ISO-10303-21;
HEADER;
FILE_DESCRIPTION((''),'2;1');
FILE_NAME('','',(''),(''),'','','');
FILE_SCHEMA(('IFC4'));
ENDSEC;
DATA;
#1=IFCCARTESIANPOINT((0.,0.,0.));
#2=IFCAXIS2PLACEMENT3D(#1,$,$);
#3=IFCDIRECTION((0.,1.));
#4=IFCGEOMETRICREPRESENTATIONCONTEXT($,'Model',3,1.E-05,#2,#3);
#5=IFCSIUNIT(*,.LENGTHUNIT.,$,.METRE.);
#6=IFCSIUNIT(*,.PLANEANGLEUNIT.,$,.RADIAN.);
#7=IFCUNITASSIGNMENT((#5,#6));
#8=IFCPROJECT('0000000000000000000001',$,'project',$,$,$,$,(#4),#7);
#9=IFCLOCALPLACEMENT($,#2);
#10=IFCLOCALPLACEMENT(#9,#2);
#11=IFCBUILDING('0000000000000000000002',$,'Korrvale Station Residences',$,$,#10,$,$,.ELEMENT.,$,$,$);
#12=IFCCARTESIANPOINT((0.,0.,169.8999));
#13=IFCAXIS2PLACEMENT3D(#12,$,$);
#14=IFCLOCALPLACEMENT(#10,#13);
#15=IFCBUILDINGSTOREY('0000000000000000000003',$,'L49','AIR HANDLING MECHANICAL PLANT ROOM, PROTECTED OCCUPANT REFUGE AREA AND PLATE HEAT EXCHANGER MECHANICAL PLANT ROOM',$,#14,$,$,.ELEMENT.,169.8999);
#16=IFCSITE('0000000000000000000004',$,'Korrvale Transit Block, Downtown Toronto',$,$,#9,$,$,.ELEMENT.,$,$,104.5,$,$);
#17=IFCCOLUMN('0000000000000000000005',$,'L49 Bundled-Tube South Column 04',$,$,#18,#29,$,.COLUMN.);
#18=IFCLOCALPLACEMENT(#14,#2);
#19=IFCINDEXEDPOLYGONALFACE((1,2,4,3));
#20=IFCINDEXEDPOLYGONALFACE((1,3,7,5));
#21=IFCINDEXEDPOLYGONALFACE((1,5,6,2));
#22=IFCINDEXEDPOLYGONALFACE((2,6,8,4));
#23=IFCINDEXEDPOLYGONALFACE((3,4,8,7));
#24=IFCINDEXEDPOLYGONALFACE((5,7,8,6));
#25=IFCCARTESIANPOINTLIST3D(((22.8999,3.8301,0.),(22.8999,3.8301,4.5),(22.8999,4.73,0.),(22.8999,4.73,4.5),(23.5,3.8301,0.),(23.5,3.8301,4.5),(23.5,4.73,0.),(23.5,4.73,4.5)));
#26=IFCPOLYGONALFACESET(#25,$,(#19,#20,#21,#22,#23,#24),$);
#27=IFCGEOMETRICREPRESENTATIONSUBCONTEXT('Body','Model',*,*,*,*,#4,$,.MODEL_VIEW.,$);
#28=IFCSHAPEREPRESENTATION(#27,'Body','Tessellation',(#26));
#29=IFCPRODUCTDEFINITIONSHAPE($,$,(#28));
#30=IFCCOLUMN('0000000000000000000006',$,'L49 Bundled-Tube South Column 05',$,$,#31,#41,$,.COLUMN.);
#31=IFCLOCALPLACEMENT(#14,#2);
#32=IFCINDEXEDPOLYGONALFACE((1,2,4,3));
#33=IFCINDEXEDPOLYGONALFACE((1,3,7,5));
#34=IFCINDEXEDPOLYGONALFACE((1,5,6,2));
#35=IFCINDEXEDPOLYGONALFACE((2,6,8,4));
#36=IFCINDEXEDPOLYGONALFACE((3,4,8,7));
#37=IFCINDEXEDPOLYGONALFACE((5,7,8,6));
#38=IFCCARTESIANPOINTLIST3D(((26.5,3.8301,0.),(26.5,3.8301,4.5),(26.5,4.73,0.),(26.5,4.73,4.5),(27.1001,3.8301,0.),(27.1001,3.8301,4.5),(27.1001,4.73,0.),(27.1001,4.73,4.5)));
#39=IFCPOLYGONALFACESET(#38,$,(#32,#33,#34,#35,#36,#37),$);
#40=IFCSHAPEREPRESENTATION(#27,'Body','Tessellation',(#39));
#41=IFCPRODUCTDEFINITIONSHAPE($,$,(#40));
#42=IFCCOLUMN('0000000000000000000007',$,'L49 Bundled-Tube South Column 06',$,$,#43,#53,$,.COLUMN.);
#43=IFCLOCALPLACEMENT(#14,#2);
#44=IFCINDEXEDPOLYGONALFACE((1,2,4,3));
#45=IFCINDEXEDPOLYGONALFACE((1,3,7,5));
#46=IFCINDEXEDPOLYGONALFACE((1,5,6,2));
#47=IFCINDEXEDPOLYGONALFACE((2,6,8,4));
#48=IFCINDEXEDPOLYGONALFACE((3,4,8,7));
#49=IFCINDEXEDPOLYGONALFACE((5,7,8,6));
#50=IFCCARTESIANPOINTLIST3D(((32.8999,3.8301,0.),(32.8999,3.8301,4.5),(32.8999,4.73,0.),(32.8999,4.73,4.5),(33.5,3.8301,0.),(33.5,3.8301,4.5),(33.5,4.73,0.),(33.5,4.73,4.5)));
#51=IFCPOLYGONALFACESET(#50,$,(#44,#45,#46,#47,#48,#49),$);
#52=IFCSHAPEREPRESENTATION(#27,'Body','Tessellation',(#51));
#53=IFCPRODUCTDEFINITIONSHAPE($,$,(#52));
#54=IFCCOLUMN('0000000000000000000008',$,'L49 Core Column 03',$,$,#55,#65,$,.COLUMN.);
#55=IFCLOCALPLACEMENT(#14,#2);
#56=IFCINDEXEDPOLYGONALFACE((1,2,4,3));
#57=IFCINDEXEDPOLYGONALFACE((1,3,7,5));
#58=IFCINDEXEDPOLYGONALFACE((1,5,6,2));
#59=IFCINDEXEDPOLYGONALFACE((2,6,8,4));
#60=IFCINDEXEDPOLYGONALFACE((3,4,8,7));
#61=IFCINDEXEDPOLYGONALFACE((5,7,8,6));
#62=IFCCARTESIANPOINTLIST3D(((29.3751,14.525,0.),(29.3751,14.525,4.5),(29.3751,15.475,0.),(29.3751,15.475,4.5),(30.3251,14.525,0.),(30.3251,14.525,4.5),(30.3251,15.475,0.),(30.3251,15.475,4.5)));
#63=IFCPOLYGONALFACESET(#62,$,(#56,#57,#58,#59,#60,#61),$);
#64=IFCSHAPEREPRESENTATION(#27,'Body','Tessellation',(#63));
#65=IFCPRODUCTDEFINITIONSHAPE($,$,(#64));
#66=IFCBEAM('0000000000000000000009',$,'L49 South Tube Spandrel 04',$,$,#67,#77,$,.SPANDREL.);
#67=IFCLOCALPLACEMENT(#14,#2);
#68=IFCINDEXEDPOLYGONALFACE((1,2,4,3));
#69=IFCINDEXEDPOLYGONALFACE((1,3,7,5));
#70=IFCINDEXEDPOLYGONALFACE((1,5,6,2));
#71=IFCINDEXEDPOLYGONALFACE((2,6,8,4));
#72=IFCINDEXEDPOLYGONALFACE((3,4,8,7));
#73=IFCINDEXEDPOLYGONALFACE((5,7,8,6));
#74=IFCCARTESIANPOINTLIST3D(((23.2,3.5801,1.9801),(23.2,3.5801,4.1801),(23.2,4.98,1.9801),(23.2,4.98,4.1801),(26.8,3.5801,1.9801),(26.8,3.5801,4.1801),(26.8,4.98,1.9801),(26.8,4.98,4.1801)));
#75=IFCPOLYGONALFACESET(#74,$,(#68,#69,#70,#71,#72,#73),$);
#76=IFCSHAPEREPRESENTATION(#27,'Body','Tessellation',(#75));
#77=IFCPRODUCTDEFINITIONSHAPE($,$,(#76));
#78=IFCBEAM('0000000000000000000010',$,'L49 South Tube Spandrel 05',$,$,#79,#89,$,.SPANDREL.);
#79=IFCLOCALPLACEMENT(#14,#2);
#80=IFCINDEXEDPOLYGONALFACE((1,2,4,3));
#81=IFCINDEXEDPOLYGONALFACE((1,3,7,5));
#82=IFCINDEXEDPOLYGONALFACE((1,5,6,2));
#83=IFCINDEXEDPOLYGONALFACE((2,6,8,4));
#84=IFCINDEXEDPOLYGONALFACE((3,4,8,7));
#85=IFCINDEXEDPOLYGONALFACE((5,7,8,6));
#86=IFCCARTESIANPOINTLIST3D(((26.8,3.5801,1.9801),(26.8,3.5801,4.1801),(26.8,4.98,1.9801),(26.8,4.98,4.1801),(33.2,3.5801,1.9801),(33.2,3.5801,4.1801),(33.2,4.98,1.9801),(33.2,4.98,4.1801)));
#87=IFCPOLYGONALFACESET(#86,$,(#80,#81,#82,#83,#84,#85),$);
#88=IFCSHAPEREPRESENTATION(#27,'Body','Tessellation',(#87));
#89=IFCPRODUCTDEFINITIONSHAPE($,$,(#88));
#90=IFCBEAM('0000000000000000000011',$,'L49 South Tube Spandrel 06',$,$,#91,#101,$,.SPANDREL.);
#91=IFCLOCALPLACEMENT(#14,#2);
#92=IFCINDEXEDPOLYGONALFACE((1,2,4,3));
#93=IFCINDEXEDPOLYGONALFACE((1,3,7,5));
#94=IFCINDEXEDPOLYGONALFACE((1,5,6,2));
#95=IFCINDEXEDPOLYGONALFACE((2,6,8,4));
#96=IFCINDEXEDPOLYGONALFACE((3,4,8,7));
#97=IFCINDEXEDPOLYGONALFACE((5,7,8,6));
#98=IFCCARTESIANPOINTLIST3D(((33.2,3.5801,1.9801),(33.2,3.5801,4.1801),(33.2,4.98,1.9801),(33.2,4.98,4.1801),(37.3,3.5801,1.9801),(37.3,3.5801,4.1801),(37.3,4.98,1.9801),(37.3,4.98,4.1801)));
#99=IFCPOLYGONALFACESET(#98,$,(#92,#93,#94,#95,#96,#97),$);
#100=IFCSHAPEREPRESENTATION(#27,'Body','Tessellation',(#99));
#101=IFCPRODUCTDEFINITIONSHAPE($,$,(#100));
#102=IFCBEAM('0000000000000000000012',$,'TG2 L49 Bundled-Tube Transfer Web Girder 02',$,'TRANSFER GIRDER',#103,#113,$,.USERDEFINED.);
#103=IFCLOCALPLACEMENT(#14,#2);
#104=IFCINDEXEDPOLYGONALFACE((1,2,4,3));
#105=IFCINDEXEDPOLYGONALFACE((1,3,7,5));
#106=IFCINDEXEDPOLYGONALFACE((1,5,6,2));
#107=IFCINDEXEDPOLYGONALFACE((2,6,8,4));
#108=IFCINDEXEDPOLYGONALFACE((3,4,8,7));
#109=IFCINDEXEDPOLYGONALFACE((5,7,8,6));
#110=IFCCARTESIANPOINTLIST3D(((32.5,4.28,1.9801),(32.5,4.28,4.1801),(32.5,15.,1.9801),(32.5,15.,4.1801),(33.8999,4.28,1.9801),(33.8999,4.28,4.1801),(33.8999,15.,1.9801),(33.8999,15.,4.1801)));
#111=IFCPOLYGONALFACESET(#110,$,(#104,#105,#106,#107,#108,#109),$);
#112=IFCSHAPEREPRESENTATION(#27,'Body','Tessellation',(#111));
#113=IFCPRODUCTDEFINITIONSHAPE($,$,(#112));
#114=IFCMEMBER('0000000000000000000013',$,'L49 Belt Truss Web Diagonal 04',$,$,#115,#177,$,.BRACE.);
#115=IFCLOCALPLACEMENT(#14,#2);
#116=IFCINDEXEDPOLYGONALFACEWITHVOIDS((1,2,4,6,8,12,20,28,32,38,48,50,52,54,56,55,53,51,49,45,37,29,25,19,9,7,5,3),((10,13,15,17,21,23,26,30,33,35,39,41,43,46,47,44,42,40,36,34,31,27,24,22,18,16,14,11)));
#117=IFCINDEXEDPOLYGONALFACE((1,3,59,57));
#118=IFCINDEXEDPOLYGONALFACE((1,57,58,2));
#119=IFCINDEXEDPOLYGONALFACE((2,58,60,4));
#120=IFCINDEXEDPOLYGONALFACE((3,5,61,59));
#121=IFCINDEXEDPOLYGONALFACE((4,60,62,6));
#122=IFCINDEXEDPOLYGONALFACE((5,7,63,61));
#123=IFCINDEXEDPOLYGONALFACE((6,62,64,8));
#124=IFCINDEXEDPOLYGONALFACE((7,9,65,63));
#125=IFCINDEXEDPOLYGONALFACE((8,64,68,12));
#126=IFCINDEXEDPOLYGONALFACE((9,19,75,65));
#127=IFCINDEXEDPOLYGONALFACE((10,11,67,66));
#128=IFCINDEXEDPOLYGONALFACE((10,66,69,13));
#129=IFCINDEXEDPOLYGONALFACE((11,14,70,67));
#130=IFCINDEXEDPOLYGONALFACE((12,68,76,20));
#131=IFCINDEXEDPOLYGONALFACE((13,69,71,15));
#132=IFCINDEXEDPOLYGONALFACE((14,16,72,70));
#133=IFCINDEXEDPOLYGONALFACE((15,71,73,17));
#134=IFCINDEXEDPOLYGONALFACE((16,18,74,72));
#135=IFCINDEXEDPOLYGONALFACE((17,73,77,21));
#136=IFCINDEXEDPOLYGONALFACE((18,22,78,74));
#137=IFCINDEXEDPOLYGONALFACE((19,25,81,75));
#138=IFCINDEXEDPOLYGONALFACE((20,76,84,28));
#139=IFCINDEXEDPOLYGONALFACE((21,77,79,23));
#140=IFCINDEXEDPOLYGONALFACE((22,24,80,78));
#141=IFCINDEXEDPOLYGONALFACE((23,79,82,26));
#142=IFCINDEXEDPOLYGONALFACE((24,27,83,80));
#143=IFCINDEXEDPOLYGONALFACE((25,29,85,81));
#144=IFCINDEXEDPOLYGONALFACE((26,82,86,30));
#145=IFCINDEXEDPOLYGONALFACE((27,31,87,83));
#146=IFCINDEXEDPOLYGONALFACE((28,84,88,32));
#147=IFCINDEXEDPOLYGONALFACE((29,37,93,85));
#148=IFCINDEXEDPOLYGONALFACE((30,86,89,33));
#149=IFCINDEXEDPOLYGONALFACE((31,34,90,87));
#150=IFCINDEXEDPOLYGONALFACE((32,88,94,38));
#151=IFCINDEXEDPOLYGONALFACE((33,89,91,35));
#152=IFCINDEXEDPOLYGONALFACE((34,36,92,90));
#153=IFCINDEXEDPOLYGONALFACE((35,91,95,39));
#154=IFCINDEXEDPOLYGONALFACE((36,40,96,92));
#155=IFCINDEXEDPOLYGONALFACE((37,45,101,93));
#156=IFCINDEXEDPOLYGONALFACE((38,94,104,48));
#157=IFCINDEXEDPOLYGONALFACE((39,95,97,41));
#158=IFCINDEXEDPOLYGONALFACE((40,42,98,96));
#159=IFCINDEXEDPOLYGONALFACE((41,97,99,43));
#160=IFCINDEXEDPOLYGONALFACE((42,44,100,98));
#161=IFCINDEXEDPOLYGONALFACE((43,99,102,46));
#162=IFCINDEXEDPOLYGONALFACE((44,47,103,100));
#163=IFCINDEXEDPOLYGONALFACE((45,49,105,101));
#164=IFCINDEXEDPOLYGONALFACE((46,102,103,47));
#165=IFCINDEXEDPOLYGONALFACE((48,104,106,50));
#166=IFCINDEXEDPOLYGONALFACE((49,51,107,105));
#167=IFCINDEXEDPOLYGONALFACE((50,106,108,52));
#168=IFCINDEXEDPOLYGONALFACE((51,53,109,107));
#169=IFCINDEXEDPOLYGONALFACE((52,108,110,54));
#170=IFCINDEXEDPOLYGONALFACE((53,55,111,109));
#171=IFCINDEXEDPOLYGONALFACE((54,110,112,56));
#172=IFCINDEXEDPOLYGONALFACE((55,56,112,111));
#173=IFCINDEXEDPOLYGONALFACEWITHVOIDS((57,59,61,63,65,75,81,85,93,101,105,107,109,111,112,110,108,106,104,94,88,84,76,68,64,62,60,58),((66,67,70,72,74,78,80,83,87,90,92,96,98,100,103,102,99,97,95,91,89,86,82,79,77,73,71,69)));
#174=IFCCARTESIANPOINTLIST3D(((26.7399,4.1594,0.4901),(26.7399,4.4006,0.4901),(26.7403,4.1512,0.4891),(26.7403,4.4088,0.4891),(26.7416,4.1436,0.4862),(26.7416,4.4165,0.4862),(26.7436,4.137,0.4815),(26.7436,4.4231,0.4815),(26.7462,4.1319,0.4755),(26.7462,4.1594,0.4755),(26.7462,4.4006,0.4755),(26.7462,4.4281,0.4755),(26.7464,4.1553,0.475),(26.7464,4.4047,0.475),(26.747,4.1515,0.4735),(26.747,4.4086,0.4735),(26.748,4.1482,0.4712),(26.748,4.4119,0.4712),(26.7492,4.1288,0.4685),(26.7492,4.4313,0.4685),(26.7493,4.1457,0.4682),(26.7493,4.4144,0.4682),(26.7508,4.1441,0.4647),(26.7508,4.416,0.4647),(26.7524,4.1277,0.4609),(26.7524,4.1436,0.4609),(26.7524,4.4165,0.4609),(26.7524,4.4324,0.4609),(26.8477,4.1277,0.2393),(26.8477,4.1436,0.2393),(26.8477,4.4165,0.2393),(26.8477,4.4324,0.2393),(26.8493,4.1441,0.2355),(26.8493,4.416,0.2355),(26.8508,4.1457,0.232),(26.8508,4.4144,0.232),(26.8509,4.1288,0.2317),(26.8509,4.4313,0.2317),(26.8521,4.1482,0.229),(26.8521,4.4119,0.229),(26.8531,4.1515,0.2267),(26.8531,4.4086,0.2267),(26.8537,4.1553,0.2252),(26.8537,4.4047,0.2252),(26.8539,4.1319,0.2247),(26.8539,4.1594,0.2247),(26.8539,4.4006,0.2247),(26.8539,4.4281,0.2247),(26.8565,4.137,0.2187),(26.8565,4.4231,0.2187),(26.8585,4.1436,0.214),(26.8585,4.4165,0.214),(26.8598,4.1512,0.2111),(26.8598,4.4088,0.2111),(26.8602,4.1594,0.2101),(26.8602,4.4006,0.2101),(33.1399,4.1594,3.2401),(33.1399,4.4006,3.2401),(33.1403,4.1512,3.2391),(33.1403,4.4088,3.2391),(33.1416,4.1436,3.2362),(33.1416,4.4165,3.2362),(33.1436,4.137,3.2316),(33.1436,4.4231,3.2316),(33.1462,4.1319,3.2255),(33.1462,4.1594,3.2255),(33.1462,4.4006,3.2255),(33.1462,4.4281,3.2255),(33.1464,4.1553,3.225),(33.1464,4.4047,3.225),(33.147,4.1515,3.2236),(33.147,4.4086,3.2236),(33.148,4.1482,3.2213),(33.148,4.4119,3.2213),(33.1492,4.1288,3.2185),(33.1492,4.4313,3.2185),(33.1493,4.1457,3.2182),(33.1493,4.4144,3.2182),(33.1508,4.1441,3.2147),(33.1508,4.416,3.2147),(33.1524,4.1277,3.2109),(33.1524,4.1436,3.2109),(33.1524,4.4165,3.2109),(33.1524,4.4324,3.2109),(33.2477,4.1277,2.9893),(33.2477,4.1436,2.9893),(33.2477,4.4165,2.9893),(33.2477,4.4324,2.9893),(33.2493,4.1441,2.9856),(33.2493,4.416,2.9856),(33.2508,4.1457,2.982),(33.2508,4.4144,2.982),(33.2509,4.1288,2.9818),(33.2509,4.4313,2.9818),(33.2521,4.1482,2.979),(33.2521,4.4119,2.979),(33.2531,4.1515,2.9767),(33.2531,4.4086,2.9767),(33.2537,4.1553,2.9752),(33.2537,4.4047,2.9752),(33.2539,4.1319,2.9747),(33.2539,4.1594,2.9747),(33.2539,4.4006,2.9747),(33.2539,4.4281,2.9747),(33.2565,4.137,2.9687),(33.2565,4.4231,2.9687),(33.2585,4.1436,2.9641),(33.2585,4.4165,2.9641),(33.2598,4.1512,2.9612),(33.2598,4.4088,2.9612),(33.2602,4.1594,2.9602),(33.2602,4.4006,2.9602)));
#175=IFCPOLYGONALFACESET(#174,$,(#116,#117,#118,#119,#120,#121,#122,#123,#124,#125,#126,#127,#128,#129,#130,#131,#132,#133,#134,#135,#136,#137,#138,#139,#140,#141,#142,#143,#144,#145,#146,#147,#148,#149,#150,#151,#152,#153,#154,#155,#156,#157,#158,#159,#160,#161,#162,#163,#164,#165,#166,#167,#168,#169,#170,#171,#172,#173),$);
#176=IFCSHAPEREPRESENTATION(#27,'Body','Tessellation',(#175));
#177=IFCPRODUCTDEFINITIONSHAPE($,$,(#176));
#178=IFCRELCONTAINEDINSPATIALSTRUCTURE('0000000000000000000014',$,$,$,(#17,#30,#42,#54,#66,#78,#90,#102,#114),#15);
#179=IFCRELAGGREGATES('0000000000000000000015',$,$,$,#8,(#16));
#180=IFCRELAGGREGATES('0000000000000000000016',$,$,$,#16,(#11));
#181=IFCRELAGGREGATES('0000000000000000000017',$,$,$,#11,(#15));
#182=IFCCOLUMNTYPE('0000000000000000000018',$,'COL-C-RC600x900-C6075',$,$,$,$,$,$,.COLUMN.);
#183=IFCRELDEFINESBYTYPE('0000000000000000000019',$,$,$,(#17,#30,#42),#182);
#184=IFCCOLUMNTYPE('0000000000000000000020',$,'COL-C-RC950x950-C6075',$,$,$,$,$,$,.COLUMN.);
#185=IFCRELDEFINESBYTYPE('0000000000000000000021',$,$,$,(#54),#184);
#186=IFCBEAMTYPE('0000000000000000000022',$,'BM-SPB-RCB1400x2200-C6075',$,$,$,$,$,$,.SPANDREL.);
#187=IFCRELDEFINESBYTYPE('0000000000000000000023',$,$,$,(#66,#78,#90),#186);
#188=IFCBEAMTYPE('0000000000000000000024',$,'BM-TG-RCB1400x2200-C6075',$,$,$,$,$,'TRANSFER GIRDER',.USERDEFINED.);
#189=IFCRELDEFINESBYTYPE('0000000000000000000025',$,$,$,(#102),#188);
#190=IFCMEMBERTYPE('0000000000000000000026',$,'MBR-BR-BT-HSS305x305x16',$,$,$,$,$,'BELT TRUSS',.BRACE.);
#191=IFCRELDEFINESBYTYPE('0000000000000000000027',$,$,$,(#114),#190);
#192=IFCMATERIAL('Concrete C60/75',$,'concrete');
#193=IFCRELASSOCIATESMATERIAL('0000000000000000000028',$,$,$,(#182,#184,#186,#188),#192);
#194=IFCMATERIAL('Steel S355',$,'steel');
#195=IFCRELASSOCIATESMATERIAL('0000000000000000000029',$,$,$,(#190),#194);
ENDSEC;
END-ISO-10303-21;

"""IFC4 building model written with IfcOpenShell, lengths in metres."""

from ifc_helpers import new_model, si_unit, direction, frame, origin, origin_2d, place, context, subcontext, project, spatial, rectangle, hollow_rectangle, extrude, material, material_profile, profile_set, type_object, element, save


model = new_model("IFC4")

# Units and contexts
model_context = context("Model", 3, precision=1e-05, world=origin(), true_north=direction((0.0, 1.0)))
body_context = subcontext(model_context, "Body", "Model", "MODEL_VIEW")
ifc_project = project(units=[si_unit("LENGTHUNIT", "METRE"), si_unit("PLANEANGLEUNIT", "RADIAN")], contexts=[model_context])

# Site, building, storey
site_placement = place(None, origin())
site = spatial("IfcSite", under=ifc_project, at=site_placement, Name="Korrvale Transit Block, Downtown Toronto", CompositionType="ELEMENT", RefElevation=104.5)
building_placement = place(site_placement, origin())
building = spatial("IfcBuilding", under=site, at=building_placement, Name="Korrvale Station Residences", CompositionType="ELEMENT")
storey_placement = place(building_placement, frame((0.0, 0.0, 169.8999)))
storey = spatial("IfcBuildingStorey", under=building, at=storey_placement, Name="L49", Description="AIR HANDLING MECHANICAL PLANT ROOM, PROTECTED OCCUPANT REFUGE AREA AND PLATE HEAT EXCHANGER MECHANICAL PLANT ROOM", CompositionType="ELEMENT", Elevation=169.8999)

# Columns
ifc_material_1 = material(Name="Concrete C60/75", Category="concrete")
ifc_material_profile_1 = material_profile(ifc_material_1, rectangle(XDim=0.6001, YDim=0.8999, at=origin_2d()), Name="RC600x900")
ifc_profile_set_1 = profile_set([ifc_material_profile_1], Name="Concrete C60/75")
column_type_1 = type_object("IfcColumnType", Name="COL-C-RC600x900-C6075", PredefinedType="COLUMN", material=ifc_profile_set_1)
for number, where, z_axis, x_axis, name in (
    (1, (23.2, 4.28, 0.0), (0.0, 0.0, 1.0), (1.0, 0.0, 0.0), "L49 Bundled-Tube South Column 04"),
    (2, (26.8, 4.28, 0.0), (0.0, 0.0, 1.0), (1.0, 0.0, 0.0), "L49 Bundled-Tube South Column 05"),
    (3, (33.2, 4.28, 0.0), (0.0, 0.0, 1.0), (1.0, 0.0, 0.0), "L49 Bundled-Tube South Column 06"),
):
    element("IfcColumn", number, at=place(storey_placement, frame(where, z_axis=z_axis, x_axis=x_axis)), inside=storey, type_object=column_type_1, Name=name, PredefinedType="COLUMN", context=body_context, shape_type="SweptSolid", body=[
        extrude(rectangle(XDim=0.6001, YDim=0.8999, at=origin_2d()), origin(), (0.0, 0.0, 1.0), 4.5),
    ])
ifc_material_profile_2 = material_profile(ifc_material_1, rectangle(XDim=0.95, YDim=0.95, at=origin_2d()), Name="RC950x950")
ifc_profile_set_2 = profile_set([ifc_material_profile_2], Name="Concrete C60/75")
column_type_2 = type_object("IfcColumnType", Name="COL-C-RC950x950-C6075", PredefinedType="COLUMN", material=ifc_profile_set_2)
column_placement = place(storey_placement, frame((29.8501, 15.0, 0.0), z_axis=(0.0, 0.0, 1.0), x_axis=(1.0, 0.0, 0.0)))
element("IfcColumn", 4, at=column_placement, inside=storey, type_object=column_type_2, Name="L49 Core Column 03", PredefinedType="COLUMN", context=body_context, shape_type="SweptSolid", body=[
    extrude(rectangle(XDim=0.95, YDim=0.95, at=origin_2d()), origin(), (0.0, 0.0, 1.0), 4.5),
])

# Beams
ifc_material_profile_3 = material_profile(ifc_material_1, rectangle(XDim=1.3999, YDim=2.2, at=origin_2d()), Name="RCB1400x2200")
ifc_profile_set_3 = profile_set([ifc_material_profile_3], Name="Concrete C60/75")
beam_type_1 = type_object("IfcBeamType", Name="BM-SPB-RCB1400x2200-C6075", PredefinedType="SPANDREL", material=ifc_profile_set_3)
beam_1_placement = place(storey_placement, frame((23.2, 4.28, 3.0801), z_axis=(1.0, 0.0, 0.0), x_axis=(0.0, 1.0, 0.0)))
element("IfcBeam", 5, at=beam_1_placement, inside=storey, type_object=beam_type_1, Name="L49 South Tube Spandrel 04", PredefinedType="SPANDREL", context=body_context, shape_type="SweptSolid", body=[
    extrude(rectangle(XDim=1.3999, YDim=2.2, at=origin_2d()), origin(), (0.0, 0.0, 1.0), 3.6001),
])
beam_2_placement = place(storey_placement, frame((26.8, 4.28, 3.0801), z_axis=(1.0, 0.0, 0.0), x_axis=(0.0, 1.0, 0.0)))
element("IfcBeam", 6, at=beam_2_placement, inside=storey, type_object=beam_type_1, Name="L49 South Tube Spandrel 05", PredefinedType="SPANDREL", context=body_context, shape_type="SweptSolid", body=[
    extrude(rectangle(XDim=1.3999, YDim=2.2, at=origin_2d()), origin(), (0.0, 0.0, 1.0), 6.3999),
])
beam_3_placement = place(storey_placement, frame((33.2, 4.28, 3.0801), z_axis=(1.0, 0.0, 0.0), x_axis=(0.0, 1.0, 0.0)))
element("IfcBeam", 7, at=beam_3_placement, inside=storey, type_object=beam_type_1, Name="L49 South Tube Spandrel 06", PredefinedType="SPANDREL", context=body_context, shape_type="SweptSolid", body=[
    extrude(rectangle(XDim=1.3999, YDim=2.2, at=origin_2d()), origin(), (0.0, 0.0, 1.0), 4.1001),
])
ifc_material_profile_4 = material_profile(ifc_material_1, rectangle(XDim=1.3999, YDim=2.2, at=origin_2d()), Name="RCB1400x2200")
ifc_profile_set_4 = profile_set([ifc_material_profile_4], Name="Concrete C60/75")
beam_type_2 = type_object("IfcBeamType", Name="BM-TG-RCB1400x2200-C6075", ElementType="TRANSFER GIRDER", PredefinedType="USERDEFINED", material=ifc_profile_set_4)
beam_4_placement = place(storey_placement, frame((33.2, 4.28, 3.0801), z_axis=(0.0, 1.0, 0.0), x_axis=(-1.0, 0.0, 0.0)))
element("IfcBeam", 8, at=beam_4_placement, inside=storey, type_object=beam_type_2, Name="TG2 L49 Bundled-Tube Transfer Web Girder 02", ObjectType="TRANSFER GIRDER", PredefinedType="USERDEFINED", context=body_context, shape_type="SweptSolid", body=[
    extrude(rectangle(XDim=1.3999, YDim=2.2, at=origin_2d()), origin(), (0.0, 0.0, 1.0), 10.72),
])

# Member
ifc_material_2 = material(Name="Steel S355", Category="steel")
ifc_material_profile_5 = material_profile(ifc_material_2, hollow_rectangle(XDim=0.3047, YDim=0.3047, WallThickness=0.0159, InnerFilletRadius=0.0159, OuterFilletRadius=0.0317, at=origin_2d()), Name="HSS305x305x16")
ifc_profile_set_5 = profile_set([ifc_material_profile_5], Name="Steel S355")
member_type_1 = type_object("IfcMemberType", Name="MBR-BR-BT-HSS305x305x16", ElementType="BELT TRUSS", PredefinedType="BRACE", material=ifc_profile_set_5)
member_1_placement = place(storey_placement, frame((26.8, 4.28, 0.3501), z_axis=(0.918771, 0.0, 0.394791), x_axis=(0.0, 1.0, 0.0)))
element("IfcMember", 9, at=member_1_placement, inside=storey, type_object=member_type_1, Name="L49 Belt Truss Web Diagonal 04", PredefinedType="BRACE", context=body_context, shape_type="SweptSolid", body=[
    extrude(hollow_rectangle(XDim=0.3047, YDim=0.3047, WallThickness=0.0159, InnerFilletRadius=0.0159, OuterFilletRadius=0.0317, at=origin_2d()), origin(), (0.0, 0.0, 1.0), 6.9658),
])

save(model, "model.ifc")
